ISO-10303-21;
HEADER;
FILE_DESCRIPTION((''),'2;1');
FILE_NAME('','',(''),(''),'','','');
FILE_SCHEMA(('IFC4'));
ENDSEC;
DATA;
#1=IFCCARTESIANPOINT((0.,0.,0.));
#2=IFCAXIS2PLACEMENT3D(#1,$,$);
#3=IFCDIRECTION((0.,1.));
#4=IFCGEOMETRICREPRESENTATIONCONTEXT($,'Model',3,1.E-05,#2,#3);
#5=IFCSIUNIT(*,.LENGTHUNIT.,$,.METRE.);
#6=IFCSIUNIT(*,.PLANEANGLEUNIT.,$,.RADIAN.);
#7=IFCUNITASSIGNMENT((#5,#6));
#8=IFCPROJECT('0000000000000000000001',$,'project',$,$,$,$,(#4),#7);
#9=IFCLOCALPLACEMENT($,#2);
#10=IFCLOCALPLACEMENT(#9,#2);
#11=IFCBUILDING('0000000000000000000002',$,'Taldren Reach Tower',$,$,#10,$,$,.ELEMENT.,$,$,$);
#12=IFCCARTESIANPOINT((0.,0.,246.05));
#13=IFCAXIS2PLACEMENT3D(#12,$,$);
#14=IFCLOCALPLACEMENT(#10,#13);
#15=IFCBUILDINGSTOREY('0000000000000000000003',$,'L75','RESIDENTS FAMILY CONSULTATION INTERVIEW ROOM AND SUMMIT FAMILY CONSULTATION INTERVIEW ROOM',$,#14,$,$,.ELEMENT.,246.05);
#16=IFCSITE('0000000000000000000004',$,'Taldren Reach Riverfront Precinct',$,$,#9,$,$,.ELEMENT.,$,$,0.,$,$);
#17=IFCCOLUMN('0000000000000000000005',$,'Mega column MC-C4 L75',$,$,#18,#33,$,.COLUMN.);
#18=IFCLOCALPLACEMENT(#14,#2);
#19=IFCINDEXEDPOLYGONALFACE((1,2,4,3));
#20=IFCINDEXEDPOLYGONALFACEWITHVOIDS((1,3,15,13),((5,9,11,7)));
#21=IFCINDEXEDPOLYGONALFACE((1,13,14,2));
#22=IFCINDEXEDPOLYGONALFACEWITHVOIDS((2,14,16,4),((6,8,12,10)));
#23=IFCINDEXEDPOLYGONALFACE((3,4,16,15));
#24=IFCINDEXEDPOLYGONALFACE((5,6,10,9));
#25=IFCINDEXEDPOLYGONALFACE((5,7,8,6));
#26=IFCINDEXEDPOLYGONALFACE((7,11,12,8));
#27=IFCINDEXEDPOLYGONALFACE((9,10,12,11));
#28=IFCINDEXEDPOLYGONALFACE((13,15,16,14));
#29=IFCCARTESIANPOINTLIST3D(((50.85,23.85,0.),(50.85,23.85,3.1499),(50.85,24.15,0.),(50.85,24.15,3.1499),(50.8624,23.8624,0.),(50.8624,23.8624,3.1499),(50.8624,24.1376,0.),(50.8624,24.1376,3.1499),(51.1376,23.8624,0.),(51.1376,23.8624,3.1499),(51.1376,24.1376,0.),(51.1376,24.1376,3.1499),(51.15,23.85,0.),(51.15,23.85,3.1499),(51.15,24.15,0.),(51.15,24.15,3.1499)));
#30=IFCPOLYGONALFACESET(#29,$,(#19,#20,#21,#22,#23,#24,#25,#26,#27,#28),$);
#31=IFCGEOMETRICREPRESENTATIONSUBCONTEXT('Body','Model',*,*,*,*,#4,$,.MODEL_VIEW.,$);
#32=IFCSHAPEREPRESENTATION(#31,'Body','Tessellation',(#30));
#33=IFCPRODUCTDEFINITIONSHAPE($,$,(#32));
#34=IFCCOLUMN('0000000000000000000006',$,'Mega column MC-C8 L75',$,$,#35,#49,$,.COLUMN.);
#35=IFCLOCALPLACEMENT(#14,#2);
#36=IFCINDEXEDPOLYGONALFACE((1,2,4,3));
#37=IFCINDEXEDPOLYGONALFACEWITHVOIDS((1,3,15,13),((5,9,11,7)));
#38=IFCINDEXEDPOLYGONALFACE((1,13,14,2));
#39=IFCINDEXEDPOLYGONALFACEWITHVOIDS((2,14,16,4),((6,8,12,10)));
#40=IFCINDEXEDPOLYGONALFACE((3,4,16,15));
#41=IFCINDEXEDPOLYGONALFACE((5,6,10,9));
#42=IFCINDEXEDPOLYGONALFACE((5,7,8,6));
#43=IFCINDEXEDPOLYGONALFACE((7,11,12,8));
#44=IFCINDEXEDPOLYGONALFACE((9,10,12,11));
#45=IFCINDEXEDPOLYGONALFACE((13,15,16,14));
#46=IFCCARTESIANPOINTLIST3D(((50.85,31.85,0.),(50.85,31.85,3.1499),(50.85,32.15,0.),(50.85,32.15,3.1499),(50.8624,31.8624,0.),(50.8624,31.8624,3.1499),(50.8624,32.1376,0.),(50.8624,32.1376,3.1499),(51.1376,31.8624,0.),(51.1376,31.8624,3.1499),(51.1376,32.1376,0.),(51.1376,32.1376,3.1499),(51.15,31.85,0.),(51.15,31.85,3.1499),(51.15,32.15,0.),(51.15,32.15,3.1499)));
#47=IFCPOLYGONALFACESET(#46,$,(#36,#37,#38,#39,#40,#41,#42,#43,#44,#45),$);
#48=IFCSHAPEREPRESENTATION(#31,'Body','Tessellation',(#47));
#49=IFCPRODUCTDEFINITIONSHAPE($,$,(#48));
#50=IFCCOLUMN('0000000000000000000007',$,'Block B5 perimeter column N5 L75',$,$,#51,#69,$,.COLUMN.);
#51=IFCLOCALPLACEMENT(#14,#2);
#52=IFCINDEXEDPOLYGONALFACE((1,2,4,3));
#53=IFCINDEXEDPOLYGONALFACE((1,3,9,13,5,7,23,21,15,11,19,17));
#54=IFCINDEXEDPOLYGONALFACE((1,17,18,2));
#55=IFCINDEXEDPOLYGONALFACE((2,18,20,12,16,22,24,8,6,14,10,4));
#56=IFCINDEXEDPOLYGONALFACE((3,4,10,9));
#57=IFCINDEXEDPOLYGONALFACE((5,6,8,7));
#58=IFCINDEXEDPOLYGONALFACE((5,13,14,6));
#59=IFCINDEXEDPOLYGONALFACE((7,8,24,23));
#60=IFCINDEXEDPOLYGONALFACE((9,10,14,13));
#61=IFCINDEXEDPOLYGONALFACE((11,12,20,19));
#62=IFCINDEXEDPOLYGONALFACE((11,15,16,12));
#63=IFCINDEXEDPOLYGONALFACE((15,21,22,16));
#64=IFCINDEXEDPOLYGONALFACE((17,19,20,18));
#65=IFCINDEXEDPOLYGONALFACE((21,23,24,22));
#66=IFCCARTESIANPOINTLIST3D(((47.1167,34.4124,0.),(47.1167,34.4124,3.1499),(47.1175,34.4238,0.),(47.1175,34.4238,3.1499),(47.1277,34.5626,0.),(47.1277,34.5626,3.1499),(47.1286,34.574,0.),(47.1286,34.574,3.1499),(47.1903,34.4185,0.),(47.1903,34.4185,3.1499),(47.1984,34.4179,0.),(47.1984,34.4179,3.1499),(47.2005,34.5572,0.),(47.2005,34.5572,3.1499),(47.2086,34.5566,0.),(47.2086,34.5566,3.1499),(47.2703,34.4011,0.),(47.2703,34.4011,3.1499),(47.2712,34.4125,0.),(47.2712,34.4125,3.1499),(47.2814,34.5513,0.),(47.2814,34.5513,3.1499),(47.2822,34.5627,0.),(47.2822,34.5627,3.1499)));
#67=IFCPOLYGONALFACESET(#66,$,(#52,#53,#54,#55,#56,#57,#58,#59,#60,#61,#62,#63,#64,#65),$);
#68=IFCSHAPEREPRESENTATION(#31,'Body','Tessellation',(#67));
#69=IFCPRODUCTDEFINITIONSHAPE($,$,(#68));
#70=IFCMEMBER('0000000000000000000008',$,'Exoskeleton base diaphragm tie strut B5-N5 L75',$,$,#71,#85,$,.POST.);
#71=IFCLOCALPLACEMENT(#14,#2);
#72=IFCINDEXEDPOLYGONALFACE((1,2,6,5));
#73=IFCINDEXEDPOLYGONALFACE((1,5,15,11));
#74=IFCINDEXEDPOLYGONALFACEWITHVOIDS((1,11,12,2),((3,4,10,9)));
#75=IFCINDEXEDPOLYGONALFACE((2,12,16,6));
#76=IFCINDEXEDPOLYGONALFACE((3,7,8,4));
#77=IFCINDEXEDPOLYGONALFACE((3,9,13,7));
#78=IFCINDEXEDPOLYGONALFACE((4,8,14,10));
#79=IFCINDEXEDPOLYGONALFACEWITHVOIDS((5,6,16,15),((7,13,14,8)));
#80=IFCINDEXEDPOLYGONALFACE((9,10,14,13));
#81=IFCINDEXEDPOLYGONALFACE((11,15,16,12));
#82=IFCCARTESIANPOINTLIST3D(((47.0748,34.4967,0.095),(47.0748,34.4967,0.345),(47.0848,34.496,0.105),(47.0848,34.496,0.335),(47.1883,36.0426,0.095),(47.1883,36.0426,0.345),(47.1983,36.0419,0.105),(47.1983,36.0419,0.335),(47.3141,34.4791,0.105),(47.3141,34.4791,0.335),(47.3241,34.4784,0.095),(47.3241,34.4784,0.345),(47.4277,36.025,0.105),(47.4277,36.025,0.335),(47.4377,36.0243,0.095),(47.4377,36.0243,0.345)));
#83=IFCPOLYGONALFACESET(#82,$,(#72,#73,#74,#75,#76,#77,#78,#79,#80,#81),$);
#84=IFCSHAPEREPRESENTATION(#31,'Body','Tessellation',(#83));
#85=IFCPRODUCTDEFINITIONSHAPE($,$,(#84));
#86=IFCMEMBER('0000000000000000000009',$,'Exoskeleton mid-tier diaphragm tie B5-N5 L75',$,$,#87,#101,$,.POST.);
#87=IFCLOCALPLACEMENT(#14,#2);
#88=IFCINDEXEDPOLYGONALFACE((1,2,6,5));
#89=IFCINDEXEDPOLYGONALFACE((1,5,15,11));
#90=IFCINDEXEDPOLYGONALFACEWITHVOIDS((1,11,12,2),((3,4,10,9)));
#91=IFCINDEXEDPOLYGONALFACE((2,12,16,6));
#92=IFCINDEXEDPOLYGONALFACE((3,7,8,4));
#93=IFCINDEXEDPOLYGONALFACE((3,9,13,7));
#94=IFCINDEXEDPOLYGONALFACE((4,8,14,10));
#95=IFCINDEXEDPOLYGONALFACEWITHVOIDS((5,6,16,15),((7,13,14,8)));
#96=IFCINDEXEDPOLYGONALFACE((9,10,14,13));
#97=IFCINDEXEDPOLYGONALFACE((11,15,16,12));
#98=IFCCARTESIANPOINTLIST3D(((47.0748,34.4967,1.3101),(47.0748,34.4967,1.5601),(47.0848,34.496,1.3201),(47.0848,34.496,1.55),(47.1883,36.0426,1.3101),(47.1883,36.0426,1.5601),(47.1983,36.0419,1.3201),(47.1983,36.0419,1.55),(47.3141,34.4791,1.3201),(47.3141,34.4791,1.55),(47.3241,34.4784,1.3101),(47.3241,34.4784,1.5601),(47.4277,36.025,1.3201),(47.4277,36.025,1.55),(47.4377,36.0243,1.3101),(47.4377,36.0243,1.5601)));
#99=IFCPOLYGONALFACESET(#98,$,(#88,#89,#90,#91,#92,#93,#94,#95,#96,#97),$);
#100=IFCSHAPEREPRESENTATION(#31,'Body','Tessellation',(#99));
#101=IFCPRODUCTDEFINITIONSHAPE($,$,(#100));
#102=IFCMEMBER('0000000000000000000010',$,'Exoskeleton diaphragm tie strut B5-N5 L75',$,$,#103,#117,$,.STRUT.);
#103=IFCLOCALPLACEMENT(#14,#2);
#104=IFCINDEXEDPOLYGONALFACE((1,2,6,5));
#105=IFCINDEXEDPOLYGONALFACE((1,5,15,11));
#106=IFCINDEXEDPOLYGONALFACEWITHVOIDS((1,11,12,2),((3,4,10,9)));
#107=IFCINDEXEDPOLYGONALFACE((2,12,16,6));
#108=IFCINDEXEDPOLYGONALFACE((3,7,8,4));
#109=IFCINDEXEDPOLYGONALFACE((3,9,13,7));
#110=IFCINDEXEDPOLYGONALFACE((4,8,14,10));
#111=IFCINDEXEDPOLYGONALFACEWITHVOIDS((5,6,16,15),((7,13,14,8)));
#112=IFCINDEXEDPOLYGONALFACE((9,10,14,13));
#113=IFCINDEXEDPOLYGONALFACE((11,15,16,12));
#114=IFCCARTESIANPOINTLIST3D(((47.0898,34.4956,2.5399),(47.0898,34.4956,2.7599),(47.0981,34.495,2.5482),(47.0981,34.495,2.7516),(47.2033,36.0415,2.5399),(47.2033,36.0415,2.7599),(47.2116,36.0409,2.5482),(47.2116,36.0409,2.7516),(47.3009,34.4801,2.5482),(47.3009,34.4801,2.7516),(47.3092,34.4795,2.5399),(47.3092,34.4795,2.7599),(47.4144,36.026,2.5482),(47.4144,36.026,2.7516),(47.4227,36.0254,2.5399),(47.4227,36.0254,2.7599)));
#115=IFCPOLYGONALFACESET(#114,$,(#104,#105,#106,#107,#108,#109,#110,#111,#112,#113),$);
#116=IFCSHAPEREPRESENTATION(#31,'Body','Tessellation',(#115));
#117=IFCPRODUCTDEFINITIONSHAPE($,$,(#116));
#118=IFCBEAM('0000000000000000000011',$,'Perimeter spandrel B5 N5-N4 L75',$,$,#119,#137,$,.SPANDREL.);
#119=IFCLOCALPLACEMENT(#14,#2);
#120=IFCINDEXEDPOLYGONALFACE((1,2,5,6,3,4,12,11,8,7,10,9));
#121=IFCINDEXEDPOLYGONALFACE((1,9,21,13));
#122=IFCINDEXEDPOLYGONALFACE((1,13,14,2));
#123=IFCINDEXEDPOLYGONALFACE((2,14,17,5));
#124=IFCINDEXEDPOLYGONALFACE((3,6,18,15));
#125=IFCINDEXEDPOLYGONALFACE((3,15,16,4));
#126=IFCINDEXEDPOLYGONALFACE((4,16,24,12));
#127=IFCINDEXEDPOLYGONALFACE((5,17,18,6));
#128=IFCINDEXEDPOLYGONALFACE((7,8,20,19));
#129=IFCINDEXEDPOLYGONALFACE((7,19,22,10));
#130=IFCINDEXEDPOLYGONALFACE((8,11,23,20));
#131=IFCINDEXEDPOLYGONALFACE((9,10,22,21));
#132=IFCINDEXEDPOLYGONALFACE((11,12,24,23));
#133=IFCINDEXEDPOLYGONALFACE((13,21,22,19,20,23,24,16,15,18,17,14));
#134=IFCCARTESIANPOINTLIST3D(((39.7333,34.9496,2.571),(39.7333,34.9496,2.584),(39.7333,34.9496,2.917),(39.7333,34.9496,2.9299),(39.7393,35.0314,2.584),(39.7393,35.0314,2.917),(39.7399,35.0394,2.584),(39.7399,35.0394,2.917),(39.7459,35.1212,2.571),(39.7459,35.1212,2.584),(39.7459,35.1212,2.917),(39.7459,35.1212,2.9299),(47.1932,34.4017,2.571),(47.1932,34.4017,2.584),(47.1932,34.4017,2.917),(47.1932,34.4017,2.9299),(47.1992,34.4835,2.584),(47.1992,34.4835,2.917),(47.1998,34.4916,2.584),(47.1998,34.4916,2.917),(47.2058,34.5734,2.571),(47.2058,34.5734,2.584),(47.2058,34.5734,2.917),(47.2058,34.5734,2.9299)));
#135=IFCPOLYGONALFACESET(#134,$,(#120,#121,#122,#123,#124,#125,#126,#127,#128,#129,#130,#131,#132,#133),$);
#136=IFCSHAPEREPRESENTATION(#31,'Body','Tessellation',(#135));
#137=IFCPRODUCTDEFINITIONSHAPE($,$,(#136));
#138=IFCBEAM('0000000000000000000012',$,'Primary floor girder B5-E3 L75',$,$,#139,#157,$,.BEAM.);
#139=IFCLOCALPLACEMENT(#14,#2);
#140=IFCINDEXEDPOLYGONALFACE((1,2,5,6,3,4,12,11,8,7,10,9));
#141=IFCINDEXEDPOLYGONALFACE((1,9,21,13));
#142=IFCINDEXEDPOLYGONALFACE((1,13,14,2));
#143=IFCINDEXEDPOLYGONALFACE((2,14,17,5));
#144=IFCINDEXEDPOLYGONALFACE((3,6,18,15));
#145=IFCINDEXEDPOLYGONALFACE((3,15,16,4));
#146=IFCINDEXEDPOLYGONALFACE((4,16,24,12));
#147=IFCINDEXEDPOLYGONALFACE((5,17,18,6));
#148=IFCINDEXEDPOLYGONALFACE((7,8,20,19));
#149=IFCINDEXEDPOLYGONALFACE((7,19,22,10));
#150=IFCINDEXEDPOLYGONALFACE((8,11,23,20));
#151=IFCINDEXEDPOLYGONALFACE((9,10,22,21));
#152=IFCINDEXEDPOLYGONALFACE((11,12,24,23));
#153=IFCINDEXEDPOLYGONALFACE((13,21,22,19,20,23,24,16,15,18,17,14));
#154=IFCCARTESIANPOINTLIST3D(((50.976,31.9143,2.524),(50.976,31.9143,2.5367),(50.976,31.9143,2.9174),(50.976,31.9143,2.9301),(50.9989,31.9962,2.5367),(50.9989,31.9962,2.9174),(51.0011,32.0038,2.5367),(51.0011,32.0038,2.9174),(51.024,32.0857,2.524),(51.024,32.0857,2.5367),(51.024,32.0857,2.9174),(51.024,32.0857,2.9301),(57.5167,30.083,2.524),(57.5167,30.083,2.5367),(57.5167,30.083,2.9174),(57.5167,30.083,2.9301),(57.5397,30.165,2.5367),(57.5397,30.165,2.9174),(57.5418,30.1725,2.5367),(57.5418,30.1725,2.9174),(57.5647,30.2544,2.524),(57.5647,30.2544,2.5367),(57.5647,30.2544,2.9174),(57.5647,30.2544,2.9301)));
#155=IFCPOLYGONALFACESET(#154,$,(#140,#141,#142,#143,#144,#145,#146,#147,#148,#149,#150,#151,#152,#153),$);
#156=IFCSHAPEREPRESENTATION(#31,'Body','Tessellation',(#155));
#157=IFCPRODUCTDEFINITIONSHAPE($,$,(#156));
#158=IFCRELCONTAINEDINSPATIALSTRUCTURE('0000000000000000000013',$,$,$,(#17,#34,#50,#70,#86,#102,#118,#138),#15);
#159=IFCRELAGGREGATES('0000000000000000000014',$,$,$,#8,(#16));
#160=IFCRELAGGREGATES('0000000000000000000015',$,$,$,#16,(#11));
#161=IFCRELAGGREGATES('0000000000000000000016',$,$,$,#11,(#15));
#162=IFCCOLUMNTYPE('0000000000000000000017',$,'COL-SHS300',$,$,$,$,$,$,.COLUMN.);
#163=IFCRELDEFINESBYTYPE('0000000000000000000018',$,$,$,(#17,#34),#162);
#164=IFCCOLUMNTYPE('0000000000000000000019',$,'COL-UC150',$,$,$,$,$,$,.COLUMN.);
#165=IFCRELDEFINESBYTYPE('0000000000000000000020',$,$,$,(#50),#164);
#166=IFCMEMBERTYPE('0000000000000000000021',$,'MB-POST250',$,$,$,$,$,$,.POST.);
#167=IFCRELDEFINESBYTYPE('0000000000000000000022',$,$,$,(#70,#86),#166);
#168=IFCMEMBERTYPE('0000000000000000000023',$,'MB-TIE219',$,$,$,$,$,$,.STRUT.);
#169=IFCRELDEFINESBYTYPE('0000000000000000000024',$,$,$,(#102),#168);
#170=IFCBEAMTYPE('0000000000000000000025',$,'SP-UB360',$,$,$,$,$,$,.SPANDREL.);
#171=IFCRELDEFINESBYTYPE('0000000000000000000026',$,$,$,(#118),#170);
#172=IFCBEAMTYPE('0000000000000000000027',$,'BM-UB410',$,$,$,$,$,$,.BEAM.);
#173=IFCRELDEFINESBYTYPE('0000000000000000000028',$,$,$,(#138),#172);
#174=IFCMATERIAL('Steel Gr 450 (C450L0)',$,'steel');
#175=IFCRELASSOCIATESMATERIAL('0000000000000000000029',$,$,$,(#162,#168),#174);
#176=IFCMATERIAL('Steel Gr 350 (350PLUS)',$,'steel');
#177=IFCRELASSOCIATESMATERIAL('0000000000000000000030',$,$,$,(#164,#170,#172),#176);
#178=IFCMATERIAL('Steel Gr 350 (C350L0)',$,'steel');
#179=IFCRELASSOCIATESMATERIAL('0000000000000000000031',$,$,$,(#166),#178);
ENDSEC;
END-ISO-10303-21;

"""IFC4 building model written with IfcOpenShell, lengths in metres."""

from ifc_helpers import new_model, si_unit, direction, frame, origin, origin_2d, place, context, subcontext, project, spatial, hollow_rectangle, i_section, extrude, source, transform, mapped, material, material_profile, profile_set, type_object, element, save


model = new_model("IFC4")

# Units and contexts
model_context = context("Model", 3, precision=1e-05, world=origin(), true_north=direction((0.0, 1.0)))
body_context = subcontext(model_context, "Body", "Model", "MODEL_VIEW")
ifc_project = project(units=[si_unit("LENGTHUNIT", "METRE"), si_unit("PLANEANGLEUNIT", "RADIAN")], contexts=[model_context])

# Site, building, storey
site_placement = place(None, origin())
site = spatial("IfcSite", under=ifc_project, at=site_placement, Name="Taldren Reach Riverfront Precinct", CompositionType="ELEMENT", RefElevation=0.0)
building_placement = place(site_placement, origin())
building = spatial("IfcBuilding", under=site, at=building_placement, Name="Taldren Reach Tower", CompositionType="ELEMENT")
storey_placement = place(building_placement, frame((0.0, 0.0, 246.05)))
storey = spatial("IfcBuildingStorey", under=building, at=storey_placement, Name="L75", Description="RESIDENTS FAMILY CONSULTATION INTERVIEW ROOM AND SUMMIT FAMILY CONSULTATION INTERVIEW ROOM", CompositionType="ELEMENT", Elevation=246.05)

# Columns
ifc_material_1 = material(Name="Steel Gr 450 (C450L0)", Category="steel")
ifc_material_profile_1 = material_profile(ifc_material_1, hollow_rectangle(XDim=0.3, YDim=0.3, WallThickness=0.0125, at=origin_2d()), Name="300x300x12.5SHS")
ifc_profile_set_1 = profile_set([ifc_material_profile_1], Name="Steel Gr 450 (C450L0)")
column_type_1 = type_object("IfcColumnType", Name="COL-SHS300", PredefinedType="COLUMN", material=ifc_profile_set_1)
shared_shape_1 = source(origin(), body_context, "Body", "SweptSolid", [
    extrude(hollow_rectangle(XDim=0.3, YDim=0.3, WallThickness=0.0125, at=origin_2d()), origin(), (0.0, 0.0, 1.0), 3.1499),
])
for number, where, z_axis, x_axis, name in (
    (1, (51.0, 24.0, 0.0), (0.0, 0.0, 1.0), (1.0, 0.0, 0.0), "Mega column MC-C4 L75"),
    (2, (51.0, 32.0, 0.0), (0.0, 0.0, 1.0), (1.0, 0.0, 0.0), "Mega column MC-C8 L75"),
):
    element("IfcColumn", number, at=place(storey_placement, frame(where, z_axis=z_axis, x_axis=x_axis)), inside=storey, type_object=column_type_1, Name=name, PredefinedType="COLUMN", context=body_context, shape_type="MappedRepresentation", body=[
        mapped(shared_shape_1, transform((0.0, 0.0, 0.0), scale=1.0)),
    ])
ifc_material_2 = material(Name="Steel Gr 350 (350PLUS)", Category="steel")
ifc_material_profile_2 = material_profile(ifc_material_2, i_section(OverallWidth=0.1541, OverallDepth=0.1621, WebThickness=0.0081, FlangeThickness=0.0115, at=origin_2d()), Name="150UC37.2")
ifc_profile_set_2 = profile_set([ifc_material_profile_2], Name="Steel Gr 350 (350PLUS)")
column_type_2 = type_object("IfcColumnType", Name="COL-UC150", PredefinedType="COLUMN", material=ifc_profile_set_2)
shared_shape_2 = source(origin(), body_context, "Body", "SweptSolid", [
    extrude(i_section(OverallWidth=0.1541, OverallDepth=0.1621, WebThickness=0.0081, FlangeThickness=0.0115, at=origin_2d()), origin(), (0.0, 0.0, 1.0), 3.1499),
])
column_placement = place(storey_placement, frame((47.1995, 34.4875, 0.0), z_axis=(0.0, 0.0, 1.0), x_axis=(0.997314, -0.073238, 0.0)))
element("IfcColumn", 3, at=column_placement, inside=storey, type_object=column_type_2, Name="Block B5 perimeter column N5 L75", PredefinedType="COLUMN", context=body_context, shape_type="MappedRepresentation", body=[
    mapped(shared_shape_2, transform((0.0, 0.0, 0.0), scale=1.0)),
])

# Members
ifc_material_3 = material(Name="Steel Gr 350 (C350L0)", Category="steel")
ifc_material_profile_3 = material_profile(ifc_material_3, hollow_rectangle(XDim=0.25, YDim=0.25, WallThickness=0.01, at=origin_2d()), Name="250x250x10.0SHS")
ifc_profile_set_3 = profile_set([ifc_material_profile_3], Name="Steel Gr 350 (C350L0)")
member_type_1 = type_object("IfcMemberType", Name="MB-POST250", PredefinedType="POST", material=ifc_profile_set_3)
shared_shape_3 = source(origin(), body_context, "Body", "SweptSolid", [
    extrude(hollow_rectangle(XDim=0.25, YDim=0.25, WallThickness=0.01, at=origin_2d()), origin(), (0.0, 0.0, 1.0), 1.55),
])
for number, where, z_axis, x_axis, name in (
    (4, (47.1995, 34.4875, 0.22), (0.073239, 0.997314, 0.0), (-0.997314, 0.073239, 0.0), "Exoskeleton base diaphragm tie strut B5-N5 L75"),
    (5, (47.1995, 34.4875, 1.4351), (0.073239, 0.997314, 0.0), (-0.997314, 0.073239, 0.0), "Exoskeleton mid-tier diaphragm tie B5-N5 L75"),
):
    element("IfcMember", number, at=place(storey_placement, frame(where, z_axis=z_axis, x_axis=x_axis)), inside=storey, type_object=member_type_1, Name=name, PredefinedType="POST", context=body_context, shape_type="MappedRepresentation", body=[
        mapped(shared_shape_3, transform((0.0, 0.0, 0.0), scale=1.0)),
    ])
ifc_material_profile_4 = material_profile(ifc_material_1, hollow_rectangle(XDim=0.22, YDim=0.22, WallThickness=0.0083, at=origin_2d()), Name="220x220x8.2SHS")
ifc_profile_set_4 = profile_set([ifc_material_profile_4], Name="Steel Gr 450 (C450L0)")
member_type_2 = type_object("IfcMemberType", Name="MB-TIE219", PredefinedType="STRUT", material=ifc_profile_set_4)
shared_shape_4 = source(origin(), body_context, "Body", "SweptSolid", [
    extrude(hollow_rectangle(XDim=0.22, YDim=0.22, WallThickness=0.0083, at=origin_2d()), origin(), (0.0, 0.0, 1.0), 1.55),
])
member_1_placement = place(storey_placement, frame((47.1995, 34.4875, 2.6499), z_axis=(0.073239, 0.997314, 0.0), x_axis=(-0.997314, 0.073239, 0.0)))
element("IfcMember", 6, at=member_1_placement, inside=storey, type_object=member_type_2, Name="Exoskeleton diaphragm tie strut B5-N5 L75", PredefinedType="STRUT", context=body_context, shape_type="MappedRepresentation", body=[
    mapped(shared_shape_4, transform((0.0, 0.0, 0.0), scale=1.0)),
])

# Beams
ifc_material_profile_5 = material_profile(ifc_material_2, i_section(OverallWidth=0.1721, OverallDepth=0.3589, WebThickness=0.0081, FlangeThickness=0.0129, at=origin_2d()), Name="360UB56.7")
ifc_profile_set_5 = profile_set([ifc_material_profile_5], Name="Steel Gr 350 (350PLUS)")
beam_type_1 = type_object("IfcBeamType", Name="SP-UB360", PredefinedType="SPANDREL", material=ifc_profile_set_5)
shared_shape_5 = source(origin(), body_context, "Body", "SweptSolid", [
    extrude(i_section(OverallWidth=0.1721, OverallDepth=0.3589, WebThickness=0.0081, FlangeThickness=0.0129, at=origin_2d()), origin(), (0.0, 0.0, 1.0), 7.48),
])
beam_1_placement = place(storey_placement, frame((47.1995, 34.4875, 2.7505), z_axis=(-0.997314, 0.073242, 0.0), x_axis=(-0.073242, -0.997314, 0.0)))
element("IfcBeam", 7, at=beam_1_placement, inside=storey, type_object=beam_type_1, Name="Perimeter spandrel B5 N5-N4 L75", PredefinedType="SPANDREL", context=body_context, shape_type="MappedRepresentation", body=[
    mapped(shared_shape_5, transform((0.0, 0.0, 0.0), scale=1.0)),
])
ifc_material_profile_6 = material_profile(ifc_material_2, i_section(OverallWidth=0.178, OverallDepth=0.406, WebThickness=0.0078, FlangeThickness=0.0127, at=origin_2d()), Name="410UB59.7")
ifc_profile_set_6 = profile_set([ifc_material_profile_6], Name="Steel Gr 350 (350PLUS)")
beam_type_2 = type_object("IfcBeamType", Name="BM-UB410", PredefinedType="BEAM", material=ifc_profile_set_6)
shared_shape_6 = source(origin(), body_context, "Body", "SweptSolid", [
    extrude(i_section(OverallWidth=0.178, OverallDepth=0.406, WebThickness=0.0078, FlangeThickness=0.0127, at=origin_2d()), origin(), (0.0, 0.0, 1.0), 6.7922),
])
beam_2_placement = place(storey_placement, frame((51.0, 32.0, 2.7271), z_axis=(0.962968, -0.269614, 0.0), x_axis=(0.269614, 0.962968, 0.0)))
element("IfcBeam", 8, at=beam_2_placement, inside=storey, type_object=beam_type_2, Name="Primary floor girder B5-E3 L75", PredefinedType="BEAM", context=body_context, shape_type="MappedRepresentation", body=[
    mapped(shared_shape_6, transform((0.0, 0.0, 0.0), scale=1.0)),
])

save(model, "model.ifc")
